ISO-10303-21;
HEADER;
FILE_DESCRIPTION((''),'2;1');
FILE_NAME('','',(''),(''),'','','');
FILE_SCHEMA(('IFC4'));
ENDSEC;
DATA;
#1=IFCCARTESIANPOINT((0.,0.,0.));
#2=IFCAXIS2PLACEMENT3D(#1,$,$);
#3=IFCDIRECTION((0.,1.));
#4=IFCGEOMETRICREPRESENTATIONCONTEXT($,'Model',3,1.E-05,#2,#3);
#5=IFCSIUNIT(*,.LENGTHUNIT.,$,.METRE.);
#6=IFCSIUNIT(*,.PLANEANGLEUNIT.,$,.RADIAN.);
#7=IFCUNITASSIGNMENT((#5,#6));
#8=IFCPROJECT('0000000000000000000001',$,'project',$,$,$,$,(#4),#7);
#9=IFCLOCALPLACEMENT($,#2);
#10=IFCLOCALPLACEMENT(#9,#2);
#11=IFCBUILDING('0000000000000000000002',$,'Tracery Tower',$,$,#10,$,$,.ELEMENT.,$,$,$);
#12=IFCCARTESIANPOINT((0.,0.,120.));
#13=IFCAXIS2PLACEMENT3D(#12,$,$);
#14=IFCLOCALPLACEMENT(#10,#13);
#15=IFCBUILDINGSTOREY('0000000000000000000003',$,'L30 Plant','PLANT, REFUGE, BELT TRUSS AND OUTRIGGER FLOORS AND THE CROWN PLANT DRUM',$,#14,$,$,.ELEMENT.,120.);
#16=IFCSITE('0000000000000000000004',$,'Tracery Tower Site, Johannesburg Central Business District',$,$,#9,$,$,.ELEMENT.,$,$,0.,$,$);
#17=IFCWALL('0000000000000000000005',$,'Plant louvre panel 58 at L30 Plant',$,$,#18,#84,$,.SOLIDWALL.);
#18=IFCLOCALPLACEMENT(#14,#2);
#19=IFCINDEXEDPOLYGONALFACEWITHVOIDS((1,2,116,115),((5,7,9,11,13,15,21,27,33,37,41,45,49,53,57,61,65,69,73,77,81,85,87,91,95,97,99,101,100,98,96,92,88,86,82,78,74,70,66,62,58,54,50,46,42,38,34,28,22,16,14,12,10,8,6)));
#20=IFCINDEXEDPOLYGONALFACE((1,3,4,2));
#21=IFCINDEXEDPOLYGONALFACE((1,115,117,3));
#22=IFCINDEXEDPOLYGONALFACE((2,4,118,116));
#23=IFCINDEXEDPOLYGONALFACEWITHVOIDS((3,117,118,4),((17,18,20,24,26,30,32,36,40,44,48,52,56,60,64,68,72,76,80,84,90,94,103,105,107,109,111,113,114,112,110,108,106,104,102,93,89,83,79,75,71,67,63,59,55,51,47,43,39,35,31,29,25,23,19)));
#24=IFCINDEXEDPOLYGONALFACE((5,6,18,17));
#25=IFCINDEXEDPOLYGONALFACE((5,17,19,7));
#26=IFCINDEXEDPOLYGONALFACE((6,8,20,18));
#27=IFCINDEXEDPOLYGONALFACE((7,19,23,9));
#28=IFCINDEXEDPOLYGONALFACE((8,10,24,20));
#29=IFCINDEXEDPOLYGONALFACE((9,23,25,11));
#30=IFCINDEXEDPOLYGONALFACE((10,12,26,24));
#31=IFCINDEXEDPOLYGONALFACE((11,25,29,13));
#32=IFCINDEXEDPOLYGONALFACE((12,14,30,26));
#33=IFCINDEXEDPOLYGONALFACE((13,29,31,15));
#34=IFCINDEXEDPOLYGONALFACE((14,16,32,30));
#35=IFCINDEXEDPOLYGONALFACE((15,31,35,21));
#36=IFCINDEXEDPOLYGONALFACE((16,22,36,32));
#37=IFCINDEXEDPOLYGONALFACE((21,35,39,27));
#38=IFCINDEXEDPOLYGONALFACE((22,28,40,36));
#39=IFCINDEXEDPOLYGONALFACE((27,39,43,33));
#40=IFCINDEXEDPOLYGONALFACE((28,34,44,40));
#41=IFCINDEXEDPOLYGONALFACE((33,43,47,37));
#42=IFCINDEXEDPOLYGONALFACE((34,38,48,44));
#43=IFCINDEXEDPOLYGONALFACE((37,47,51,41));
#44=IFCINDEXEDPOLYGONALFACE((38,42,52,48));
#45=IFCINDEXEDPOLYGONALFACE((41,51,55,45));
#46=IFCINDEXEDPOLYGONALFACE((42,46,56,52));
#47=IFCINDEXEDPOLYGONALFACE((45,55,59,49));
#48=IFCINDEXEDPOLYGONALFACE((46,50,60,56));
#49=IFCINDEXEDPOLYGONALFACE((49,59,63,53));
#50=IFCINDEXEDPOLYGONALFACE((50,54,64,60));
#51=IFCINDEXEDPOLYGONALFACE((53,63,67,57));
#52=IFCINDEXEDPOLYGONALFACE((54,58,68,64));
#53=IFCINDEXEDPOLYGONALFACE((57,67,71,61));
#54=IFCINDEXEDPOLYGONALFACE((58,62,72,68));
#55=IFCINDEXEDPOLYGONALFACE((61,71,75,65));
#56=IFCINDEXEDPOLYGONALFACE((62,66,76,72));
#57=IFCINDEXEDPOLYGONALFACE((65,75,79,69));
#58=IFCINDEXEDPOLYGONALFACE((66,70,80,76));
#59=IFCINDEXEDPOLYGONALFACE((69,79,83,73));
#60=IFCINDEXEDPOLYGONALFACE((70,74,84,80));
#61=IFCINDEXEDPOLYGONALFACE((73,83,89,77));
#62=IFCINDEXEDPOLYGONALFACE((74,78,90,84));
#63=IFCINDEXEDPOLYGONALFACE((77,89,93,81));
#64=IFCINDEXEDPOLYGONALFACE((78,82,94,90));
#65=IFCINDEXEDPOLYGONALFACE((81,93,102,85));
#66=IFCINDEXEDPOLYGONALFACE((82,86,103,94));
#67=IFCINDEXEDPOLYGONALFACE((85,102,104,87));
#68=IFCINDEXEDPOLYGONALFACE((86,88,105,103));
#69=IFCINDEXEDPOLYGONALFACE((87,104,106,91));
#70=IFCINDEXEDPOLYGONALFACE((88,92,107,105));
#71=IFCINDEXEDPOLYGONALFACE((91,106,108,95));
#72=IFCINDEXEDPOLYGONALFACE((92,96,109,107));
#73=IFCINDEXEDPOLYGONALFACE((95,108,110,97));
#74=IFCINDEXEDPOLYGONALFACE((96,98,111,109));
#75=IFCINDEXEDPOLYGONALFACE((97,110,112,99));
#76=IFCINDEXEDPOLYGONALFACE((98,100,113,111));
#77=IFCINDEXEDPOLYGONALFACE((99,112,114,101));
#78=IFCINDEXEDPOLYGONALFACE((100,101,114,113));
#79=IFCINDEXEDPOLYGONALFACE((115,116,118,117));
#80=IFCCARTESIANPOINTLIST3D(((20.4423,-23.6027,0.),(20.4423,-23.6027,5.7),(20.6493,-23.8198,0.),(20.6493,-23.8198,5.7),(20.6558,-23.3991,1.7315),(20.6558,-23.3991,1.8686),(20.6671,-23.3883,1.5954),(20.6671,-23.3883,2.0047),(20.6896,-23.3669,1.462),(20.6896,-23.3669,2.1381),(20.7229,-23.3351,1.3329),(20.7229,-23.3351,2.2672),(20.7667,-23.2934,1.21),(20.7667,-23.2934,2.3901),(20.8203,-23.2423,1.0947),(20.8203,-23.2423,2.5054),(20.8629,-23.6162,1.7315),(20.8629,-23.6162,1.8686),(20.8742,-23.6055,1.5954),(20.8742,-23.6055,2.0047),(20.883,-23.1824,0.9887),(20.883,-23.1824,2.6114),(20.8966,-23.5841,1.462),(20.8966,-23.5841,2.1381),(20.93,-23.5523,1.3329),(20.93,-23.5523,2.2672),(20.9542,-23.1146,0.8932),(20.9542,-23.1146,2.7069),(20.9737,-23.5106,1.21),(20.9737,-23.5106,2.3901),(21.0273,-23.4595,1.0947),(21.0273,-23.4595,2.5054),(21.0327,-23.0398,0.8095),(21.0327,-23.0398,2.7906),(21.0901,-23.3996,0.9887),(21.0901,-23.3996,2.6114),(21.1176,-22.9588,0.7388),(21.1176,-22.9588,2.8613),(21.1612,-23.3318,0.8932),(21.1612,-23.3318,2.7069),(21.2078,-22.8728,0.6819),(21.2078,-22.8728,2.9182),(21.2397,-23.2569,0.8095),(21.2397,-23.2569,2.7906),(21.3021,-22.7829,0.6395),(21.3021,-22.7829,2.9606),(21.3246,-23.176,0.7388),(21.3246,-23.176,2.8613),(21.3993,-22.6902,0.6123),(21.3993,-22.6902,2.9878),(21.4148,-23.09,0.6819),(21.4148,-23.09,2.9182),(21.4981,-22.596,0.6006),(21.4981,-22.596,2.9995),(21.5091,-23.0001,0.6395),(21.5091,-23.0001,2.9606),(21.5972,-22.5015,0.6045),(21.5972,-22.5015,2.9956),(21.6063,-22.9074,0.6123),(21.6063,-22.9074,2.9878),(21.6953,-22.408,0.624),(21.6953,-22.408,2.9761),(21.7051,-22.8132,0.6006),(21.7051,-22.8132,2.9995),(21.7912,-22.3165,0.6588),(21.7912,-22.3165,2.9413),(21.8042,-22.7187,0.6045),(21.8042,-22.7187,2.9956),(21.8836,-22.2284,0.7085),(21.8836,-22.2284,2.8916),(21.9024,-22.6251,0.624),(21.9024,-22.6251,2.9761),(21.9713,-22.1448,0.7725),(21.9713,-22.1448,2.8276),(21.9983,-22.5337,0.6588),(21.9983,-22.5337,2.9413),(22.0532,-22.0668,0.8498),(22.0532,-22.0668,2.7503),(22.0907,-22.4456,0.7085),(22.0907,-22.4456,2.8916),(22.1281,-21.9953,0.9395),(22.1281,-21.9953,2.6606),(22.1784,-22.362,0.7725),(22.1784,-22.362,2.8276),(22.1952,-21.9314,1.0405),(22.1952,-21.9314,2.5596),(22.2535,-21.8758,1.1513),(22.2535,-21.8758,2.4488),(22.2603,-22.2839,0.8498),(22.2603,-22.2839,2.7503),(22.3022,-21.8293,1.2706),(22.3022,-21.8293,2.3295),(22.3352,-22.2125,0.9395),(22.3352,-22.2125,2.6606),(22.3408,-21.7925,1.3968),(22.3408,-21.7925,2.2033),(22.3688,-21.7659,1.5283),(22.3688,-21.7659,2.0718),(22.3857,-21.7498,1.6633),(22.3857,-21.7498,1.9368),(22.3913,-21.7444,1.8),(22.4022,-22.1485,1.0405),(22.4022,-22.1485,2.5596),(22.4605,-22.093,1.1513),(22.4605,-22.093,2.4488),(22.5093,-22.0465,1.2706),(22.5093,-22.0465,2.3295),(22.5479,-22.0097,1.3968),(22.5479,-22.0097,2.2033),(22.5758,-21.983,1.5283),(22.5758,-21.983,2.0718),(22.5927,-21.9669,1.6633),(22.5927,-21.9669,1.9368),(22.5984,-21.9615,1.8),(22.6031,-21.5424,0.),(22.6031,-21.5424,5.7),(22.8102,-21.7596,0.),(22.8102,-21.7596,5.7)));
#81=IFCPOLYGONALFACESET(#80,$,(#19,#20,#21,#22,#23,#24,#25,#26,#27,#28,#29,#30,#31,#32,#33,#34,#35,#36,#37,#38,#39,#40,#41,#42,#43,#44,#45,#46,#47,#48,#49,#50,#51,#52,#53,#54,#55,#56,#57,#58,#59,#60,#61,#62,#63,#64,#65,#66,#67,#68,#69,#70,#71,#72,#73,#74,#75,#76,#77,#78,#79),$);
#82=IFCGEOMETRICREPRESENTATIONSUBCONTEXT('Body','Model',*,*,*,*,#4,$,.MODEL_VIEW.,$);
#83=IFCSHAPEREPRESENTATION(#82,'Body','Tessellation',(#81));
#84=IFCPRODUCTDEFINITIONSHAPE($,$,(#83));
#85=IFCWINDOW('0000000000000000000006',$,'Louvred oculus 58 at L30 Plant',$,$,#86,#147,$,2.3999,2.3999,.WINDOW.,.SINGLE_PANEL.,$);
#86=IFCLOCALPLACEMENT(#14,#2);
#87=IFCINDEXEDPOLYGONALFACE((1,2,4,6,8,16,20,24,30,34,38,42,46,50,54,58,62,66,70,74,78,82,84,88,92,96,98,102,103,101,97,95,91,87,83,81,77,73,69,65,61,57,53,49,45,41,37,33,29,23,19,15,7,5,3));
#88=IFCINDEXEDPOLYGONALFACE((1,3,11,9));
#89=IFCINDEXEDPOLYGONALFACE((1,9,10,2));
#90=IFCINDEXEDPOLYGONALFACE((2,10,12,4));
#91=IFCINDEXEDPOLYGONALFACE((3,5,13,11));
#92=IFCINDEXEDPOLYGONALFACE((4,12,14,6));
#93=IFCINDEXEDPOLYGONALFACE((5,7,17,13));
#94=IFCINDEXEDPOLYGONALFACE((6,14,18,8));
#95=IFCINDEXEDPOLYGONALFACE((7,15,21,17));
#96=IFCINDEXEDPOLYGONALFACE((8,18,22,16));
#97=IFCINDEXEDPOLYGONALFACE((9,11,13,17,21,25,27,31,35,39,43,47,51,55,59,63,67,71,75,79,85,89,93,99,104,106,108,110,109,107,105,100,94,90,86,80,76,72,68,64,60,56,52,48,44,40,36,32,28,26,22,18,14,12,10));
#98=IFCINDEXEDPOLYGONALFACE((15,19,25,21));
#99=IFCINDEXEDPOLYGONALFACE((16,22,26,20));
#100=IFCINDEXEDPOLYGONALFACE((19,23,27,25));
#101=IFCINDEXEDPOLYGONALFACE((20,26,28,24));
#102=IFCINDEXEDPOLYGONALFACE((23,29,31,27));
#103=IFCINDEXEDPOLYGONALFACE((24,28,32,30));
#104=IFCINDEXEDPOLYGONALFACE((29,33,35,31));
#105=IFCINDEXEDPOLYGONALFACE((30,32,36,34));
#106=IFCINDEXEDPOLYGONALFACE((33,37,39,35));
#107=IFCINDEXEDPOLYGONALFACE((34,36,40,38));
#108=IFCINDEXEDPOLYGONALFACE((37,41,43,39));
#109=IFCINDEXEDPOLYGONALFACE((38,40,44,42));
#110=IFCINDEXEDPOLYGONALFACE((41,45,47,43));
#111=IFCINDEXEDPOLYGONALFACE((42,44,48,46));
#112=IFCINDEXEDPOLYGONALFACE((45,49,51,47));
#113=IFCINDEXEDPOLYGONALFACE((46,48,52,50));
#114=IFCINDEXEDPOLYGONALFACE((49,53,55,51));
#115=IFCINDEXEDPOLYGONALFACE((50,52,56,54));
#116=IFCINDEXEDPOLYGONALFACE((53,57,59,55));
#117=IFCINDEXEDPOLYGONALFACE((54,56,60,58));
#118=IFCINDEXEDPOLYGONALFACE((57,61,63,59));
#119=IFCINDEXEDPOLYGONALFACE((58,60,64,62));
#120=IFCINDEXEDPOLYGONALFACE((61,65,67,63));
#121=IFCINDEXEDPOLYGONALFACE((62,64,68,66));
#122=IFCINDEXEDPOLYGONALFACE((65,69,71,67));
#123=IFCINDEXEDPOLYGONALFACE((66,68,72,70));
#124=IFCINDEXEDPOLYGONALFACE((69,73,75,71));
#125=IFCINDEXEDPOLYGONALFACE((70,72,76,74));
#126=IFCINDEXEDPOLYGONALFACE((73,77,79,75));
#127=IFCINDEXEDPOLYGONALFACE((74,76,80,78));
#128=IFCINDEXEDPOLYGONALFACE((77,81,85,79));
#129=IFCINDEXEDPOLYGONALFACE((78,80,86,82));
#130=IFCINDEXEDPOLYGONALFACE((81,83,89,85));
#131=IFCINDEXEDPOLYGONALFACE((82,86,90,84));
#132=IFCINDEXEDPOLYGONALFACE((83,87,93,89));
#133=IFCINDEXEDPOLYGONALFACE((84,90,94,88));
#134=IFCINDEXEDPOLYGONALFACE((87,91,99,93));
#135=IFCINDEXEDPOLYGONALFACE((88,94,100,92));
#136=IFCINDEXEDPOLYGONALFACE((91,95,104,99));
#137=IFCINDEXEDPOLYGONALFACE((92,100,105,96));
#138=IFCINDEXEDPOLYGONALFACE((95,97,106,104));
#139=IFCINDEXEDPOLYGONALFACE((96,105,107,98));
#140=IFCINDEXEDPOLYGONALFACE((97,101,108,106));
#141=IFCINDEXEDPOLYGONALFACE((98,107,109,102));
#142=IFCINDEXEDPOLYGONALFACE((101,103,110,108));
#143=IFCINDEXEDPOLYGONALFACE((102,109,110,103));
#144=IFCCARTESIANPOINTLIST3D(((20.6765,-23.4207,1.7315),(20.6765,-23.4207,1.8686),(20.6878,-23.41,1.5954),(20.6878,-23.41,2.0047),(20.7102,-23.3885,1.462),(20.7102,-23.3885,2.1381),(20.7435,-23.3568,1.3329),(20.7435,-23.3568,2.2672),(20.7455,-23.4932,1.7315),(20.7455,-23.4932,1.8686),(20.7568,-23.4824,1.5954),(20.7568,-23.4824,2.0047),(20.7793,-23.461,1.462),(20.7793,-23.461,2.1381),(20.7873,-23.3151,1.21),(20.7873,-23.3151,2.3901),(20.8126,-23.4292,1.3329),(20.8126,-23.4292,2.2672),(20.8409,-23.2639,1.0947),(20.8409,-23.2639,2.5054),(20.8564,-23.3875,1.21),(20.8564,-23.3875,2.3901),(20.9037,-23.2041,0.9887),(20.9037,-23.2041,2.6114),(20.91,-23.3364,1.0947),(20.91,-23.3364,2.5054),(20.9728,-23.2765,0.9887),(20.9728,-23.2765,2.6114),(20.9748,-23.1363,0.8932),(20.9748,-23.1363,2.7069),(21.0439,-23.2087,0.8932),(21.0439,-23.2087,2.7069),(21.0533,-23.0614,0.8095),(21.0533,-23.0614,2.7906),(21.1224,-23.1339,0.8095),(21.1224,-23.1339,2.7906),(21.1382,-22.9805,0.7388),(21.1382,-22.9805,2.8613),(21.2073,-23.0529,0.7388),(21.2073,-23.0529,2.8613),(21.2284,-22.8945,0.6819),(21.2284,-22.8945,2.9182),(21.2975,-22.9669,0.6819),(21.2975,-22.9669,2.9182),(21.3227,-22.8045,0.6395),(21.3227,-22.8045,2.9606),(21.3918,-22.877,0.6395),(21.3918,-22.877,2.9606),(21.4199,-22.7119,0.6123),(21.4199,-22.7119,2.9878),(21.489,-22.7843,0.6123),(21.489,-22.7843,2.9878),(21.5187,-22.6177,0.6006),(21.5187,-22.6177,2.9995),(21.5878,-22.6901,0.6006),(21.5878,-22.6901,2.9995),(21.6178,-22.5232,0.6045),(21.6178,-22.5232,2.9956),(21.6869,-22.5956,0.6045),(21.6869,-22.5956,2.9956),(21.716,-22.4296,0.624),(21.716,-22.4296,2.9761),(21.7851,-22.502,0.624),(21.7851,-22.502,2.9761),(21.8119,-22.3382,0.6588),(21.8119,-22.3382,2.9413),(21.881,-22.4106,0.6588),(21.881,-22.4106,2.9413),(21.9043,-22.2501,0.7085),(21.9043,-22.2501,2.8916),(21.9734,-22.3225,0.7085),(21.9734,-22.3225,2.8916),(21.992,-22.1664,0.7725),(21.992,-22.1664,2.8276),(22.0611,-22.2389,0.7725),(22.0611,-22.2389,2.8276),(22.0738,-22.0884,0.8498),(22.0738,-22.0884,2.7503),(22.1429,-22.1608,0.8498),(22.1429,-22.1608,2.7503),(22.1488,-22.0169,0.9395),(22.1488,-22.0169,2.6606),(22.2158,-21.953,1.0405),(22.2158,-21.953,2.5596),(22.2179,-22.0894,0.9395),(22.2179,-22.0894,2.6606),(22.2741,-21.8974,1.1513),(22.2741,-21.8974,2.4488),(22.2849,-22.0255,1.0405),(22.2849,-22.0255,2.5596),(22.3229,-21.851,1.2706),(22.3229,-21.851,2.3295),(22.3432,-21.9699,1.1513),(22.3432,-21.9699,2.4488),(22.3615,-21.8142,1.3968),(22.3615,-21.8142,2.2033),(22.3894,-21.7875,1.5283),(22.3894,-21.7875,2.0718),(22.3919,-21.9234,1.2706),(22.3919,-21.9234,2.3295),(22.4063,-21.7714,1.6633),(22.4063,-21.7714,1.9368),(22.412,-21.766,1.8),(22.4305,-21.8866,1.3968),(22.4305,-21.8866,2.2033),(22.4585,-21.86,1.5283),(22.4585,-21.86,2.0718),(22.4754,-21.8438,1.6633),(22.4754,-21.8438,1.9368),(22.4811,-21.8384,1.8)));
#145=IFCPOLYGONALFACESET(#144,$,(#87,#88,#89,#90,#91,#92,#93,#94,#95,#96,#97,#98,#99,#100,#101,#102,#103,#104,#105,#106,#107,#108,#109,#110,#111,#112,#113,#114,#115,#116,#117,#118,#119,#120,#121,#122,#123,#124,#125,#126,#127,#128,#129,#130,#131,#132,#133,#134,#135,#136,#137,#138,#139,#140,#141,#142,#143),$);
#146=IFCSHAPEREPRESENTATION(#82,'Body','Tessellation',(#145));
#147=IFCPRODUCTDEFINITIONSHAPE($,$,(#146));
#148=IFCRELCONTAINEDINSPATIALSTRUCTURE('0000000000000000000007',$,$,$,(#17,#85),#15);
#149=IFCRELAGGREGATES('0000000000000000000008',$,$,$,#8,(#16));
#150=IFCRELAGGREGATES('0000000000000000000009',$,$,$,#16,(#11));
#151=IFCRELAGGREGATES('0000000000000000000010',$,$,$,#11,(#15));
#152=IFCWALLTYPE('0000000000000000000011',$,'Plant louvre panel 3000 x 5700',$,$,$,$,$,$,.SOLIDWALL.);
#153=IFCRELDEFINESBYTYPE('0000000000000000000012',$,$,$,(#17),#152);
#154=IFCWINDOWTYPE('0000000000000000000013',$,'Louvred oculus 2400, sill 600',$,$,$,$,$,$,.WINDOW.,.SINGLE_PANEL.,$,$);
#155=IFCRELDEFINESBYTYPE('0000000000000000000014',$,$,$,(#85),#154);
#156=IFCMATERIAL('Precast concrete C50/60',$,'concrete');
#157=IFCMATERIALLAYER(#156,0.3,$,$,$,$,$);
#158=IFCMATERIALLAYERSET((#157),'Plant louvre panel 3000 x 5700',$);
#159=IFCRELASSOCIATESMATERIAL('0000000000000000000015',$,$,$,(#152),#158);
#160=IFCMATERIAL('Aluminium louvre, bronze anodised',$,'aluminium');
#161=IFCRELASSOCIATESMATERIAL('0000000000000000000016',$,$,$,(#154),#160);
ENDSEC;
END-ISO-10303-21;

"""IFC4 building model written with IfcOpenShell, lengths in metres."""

from ifc_helpers import new_model, si_unit, direction, frame, frame_2d, origin, origin_2d, place, context, subcontext, project, spatial, rectangle, circle, extrude, material, layer, layer_set, type_object, element, fill, save


model = new_model("IFC4")

# Units and contexts
model_context = context("Model", 3, precision=1e-05, world=origin(), true_north=direction((0.0, 1.0)))
body_context = subcontext(model_context, "Body", "Model", "MODEL_VIEW")
ifc_project = project(units=[si_unit("LENGTHUNIT", "METRE"), si_unit("PLANEANGLEUNIT", "RADIAN")], contexts=[model_context])

# Site, building, storey
site_placement = place(None, origin())
site = spatial("IfcSite", under=ifc_project, at=site_placement, Name="Tracery Tower Site, Johannesburg Central Business District", CompositionType="ELEMENT", RefElevation=0.0)
building_placement = place(site_placement, origin())
building = spatial("IfcBuilding", under=site, at=building_placement, Name="Tracery Tower", CompositionType="ELEMENT")
storey_placement = place(building_placement, frame((0.0, 0.0, 120.0)))
storey = spatial("IfcBuildingStorey", under=building, at=storey_placement, Name="L30 Plant", Description="PLANT, REFUGE, BELT TRUSS AND OUTRIGGER FLOORS AND THE CROWN PLANT DRUM", CompositionType="ELEMENT", Elevation=120.0)

# Wall, opening, window
ifc_material_1 = material(Name="Precast concrete C50/60", Category="concrete")
ifc_layer_1 = layer(ifc_material_1, 0.3)
ifc_layer_set_1 = layer_set([ifc_layer_1], Name="Plant louvre panel 3000 x 5700")
wall_type_1 = type_object("IfcWallType", Name="Plant louvre panel 3000 x 5700", PredefinedType="SOLIDWALL", material=ifc_layer_set_1)
wall_1_placement = place(storey_placement, frame((20.5459, -23.7112, 0.0), z_axis=(0.0, 0.0, 1.0), x_axis=(0.723751, 0.690061, 0.0)))
wall_1 = element("IfcWall", 1, at=wall_1_placement, inside=storey, type_object=wall_type_1, Name="Plant louvre panel 58 at L30 Plant", PredefinedType="SOLIDWALL", context=body_context, shape_type="SweptSolid", body=[
    extrude(rectangle(XDim=2.9856, YDim=0.3, at=frame_2d((1.4927, 0.0))), origin(), (0.0, 0.0, 1.0), 5.7),
])
opening_1_placement = place(wall_1_placement, frame((1.4929, 0.0, 1.8)))
opening_1 = element("IfcOpeningElement", 2, at=opening_1_placement, cuts=wall_1, PredefinedType="OPENING", context=body_context, shape_type="SweptSolid", body=[
    extrude(circle(Radius=1.2, at=origin_2d()), frame((0.0, 0.1599, 0.0), z_axis=(0.0, -1.0, 0.0), x_axis=(1.0, 0.0, 0.0)), (0.0, 0.0, 1.0), 0.3201),
])
ifc_material_2 = material(Name="Aluminium louvre, bronze anodised", Category="aluminium")
window_type = type_object("IfcWindowType", Name="Louvred oculus 2400, sill 600", PartitioningType="SINGLE_PANEL", PredefinedType="WINDOW", material=ifc_material_2)
window_1_placement = place(opening_1_placement, origin())
window_1 = element("IfcWindow", 3, at=window_1_placement, inside=storey, type_object=window_type, Name="Louvred oculus 58 at L30 Plant", OverallHeight=2.3999, OverallWidth=2.3999, PartitioningType="SINGLE_PANEL", PredefinedType="WINDOW", context=body_context, shape_type="SweptSolid", body=[
    extrude(circle(Radius=1.2, at=origin_2d()), frame((0.0, 0.1201, 0.0), z_axis=(0.0, -1.0, 0.0), x_axis=(1.0, 0.0, 0.0)), (0.0, 0.0, 1.0), 0.1001),
])
fill(opening_1, window_1)

save(model, "model.ifc")
